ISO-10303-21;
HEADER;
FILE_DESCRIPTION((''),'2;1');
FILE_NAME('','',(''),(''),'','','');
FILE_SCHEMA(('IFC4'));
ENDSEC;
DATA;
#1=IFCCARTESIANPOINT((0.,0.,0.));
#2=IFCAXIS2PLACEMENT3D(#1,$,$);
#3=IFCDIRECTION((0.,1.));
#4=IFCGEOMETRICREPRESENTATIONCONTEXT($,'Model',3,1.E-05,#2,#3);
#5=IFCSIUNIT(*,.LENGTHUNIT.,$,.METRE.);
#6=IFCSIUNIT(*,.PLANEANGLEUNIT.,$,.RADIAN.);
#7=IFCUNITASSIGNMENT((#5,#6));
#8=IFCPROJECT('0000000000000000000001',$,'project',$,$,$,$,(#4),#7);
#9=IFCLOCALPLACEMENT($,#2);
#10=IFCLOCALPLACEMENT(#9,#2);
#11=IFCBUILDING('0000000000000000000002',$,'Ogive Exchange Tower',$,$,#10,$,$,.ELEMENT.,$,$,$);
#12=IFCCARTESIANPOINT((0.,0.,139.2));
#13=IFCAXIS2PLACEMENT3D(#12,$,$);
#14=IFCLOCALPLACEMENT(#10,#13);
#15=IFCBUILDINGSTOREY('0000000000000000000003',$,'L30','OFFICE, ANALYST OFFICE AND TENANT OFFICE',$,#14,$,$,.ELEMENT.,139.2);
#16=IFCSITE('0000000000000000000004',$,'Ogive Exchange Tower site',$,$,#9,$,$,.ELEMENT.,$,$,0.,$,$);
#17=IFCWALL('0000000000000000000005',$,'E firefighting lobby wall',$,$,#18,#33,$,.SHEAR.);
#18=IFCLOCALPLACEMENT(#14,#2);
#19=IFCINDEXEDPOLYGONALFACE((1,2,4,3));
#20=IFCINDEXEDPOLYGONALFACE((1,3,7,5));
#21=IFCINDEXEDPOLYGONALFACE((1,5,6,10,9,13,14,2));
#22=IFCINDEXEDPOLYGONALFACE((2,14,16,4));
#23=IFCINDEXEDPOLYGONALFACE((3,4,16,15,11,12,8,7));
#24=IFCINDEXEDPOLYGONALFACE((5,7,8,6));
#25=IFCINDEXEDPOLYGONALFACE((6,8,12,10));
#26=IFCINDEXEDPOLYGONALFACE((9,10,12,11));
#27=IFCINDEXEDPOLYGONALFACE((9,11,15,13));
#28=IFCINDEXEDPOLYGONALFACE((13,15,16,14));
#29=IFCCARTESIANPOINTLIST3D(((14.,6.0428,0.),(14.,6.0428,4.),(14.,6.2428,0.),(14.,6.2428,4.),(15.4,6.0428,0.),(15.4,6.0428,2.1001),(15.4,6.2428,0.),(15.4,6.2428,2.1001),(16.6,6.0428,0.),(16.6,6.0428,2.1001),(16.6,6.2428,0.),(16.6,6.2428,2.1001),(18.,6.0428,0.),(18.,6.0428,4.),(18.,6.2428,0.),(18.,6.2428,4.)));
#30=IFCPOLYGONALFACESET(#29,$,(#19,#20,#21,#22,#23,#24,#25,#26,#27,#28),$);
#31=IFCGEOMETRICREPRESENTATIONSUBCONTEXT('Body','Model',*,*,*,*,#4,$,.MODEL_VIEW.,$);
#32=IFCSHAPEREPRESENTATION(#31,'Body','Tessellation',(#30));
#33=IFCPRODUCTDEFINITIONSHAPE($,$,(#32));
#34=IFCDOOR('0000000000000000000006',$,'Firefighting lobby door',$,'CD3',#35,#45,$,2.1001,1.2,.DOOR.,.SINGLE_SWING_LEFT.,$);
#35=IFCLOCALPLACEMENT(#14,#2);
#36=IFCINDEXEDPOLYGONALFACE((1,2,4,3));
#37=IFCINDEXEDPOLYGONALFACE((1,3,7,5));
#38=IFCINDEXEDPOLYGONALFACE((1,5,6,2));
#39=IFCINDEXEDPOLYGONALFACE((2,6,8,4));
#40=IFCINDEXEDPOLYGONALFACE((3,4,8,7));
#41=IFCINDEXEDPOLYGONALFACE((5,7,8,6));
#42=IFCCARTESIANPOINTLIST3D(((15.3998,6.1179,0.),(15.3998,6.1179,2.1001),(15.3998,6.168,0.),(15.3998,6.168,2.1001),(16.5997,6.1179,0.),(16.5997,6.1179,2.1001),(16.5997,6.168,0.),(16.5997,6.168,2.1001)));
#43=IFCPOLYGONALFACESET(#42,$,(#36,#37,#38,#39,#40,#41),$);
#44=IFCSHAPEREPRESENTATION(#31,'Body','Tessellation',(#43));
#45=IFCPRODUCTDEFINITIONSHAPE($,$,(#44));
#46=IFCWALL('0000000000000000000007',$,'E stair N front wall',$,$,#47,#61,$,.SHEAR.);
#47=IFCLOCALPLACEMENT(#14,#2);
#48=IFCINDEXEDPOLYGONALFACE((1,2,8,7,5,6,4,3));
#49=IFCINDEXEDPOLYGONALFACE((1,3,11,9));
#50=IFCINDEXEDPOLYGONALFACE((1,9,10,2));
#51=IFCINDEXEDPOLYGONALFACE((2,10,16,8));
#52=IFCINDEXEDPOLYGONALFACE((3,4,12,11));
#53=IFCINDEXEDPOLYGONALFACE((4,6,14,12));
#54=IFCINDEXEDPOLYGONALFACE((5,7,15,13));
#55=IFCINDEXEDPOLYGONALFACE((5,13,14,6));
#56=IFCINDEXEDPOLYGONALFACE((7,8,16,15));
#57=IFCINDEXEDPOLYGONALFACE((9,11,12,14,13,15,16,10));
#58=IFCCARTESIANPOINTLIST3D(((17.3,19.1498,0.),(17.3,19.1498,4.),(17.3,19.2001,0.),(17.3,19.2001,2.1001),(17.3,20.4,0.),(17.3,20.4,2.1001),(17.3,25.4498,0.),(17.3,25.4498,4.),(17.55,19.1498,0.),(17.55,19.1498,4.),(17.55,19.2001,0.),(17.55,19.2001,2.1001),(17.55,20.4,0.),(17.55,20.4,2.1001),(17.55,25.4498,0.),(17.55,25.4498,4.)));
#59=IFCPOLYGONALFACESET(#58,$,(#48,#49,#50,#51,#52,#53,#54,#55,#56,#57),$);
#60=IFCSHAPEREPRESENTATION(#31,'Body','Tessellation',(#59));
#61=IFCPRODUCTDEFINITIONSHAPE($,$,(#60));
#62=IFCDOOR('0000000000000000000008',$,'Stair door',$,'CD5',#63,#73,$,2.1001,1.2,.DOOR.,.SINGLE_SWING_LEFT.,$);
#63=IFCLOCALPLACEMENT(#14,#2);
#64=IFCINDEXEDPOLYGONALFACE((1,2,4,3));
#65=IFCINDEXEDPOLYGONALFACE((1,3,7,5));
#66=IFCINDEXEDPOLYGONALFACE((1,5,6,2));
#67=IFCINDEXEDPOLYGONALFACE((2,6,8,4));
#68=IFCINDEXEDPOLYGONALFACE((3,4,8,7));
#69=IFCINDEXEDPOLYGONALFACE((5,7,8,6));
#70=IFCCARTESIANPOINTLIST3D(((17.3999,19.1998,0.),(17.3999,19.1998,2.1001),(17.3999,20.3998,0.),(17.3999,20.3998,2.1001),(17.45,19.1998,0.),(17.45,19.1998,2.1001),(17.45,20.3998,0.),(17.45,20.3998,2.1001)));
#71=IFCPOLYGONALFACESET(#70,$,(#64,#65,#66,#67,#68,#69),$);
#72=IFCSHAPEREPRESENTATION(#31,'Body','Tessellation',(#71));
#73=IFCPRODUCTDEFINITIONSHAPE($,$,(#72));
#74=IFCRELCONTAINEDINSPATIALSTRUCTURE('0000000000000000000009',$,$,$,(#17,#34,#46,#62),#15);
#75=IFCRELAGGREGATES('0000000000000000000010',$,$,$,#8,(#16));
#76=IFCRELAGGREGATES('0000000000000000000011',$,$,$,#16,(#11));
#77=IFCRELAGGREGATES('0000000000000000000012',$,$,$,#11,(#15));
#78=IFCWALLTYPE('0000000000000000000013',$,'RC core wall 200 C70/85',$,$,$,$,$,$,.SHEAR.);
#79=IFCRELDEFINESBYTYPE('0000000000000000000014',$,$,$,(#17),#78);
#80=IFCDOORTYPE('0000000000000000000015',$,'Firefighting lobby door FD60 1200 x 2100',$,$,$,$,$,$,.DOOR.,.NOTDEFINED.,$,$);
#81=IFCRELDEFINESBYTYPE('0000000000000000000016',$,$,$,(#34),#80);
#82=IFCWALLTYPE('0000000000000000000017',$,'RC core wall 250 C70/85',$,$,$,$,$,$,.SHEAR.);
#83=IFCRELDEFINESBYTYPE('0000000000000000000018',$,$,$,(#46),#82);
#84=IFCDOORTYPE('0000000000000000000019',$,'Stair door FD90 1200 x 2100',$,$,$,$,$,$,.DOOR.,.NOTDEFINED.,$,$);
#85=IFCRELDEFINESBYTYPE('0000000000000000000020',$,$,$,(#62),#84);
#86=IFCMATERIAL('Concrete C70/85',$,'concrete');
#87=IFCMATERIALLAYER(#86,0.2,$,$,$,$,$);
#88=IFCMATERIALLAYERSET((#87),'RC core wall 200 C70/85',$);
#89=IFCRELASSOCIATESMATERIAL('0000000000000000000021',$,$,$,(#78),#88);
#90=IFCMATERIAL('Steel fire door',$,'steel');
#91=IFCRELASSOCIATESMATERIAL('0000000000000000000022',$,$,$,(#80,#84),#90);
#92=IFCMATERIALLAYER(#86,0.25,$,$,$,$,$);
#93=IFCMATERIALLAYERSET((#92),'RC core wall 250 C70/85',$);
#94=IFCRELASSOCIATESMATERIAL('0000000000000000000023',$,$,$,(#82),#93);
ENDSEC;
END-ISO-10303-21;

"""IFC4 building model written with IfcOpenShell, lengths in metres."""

from ifc_helpers import new_model, si_unit, direction, frame, frame_2d, origin, place, context, subcontext, project, spatial, rectangle, extrude, material, layer, layer_set, type_object, element, fill, save


model = new_model("IFC4")

# Units and contexts
model_context = context("Model", 3, precision=1e-05, world=origin(), true_north=direction((0.0, 1.0)))
body_context = subcontext(model_context, "Body", "Model", "MODEL_VIEW")
ifc_project = project(units=[si_unit("LENGTHUNIT", "METRE"), si_unit("PLANEANGLEUNIT", "RADIAN")], contexts=[model_context])

# Site, building, storey
site_placement = place(None, origin())
site = spatial("IfcSite", under=ifc_project, at=site_placement, Name="Ogive Exchange Tower site", CompositionType="ELEMENT", RefElevation=0.0)
building_placement = place(site_placement, origin())
building = spatial("IfcBuilding", under=site, at=building_placement, Name="Ogive Exchange Tower", CompositionType="ELEMENT")
storey_placement = place(building_placement, frame((0.0, 0.0, 139.2)))
storey = spatial("IfcBuildingStorey", under=building, at=storey_placement, Name="L30", Description="OFFICE, ANALYST OFFICE AND TENANT OFFICE", CompositionType="ELEMENT", Elevation=139.2)

# Walls, openings, doors
ifc_material_1 = material(Name="Concrete C70/85", Category="concrete")
ifc_layer_1 = layer(ifc_material_1, 0.2)
ifc_layer_set_1 = layer_set([ifc_layer_1], Name="RC core wall 200 C70/85")
wall_type_1 = type_object("IfcWallType", Name="RC core wall 200 C70/85", PredefinedType="SHEAR", material=ifc_layer_set_1)
wall_1_placement = place(storey_placement, frame((14.0, 6.1428, 0.0), z_axis=(0.0, 0.0, 1.0), x_axis=(1.0, 0.0, 0.0)))
wall_1 = element("IfcWall", 1, at=wall_1_placement, inside=storey, type_object=wall_type_1, Name="E firefighting lobby wall", PredefinedType="SHEAR", context=body_context, shape_type="SweptSolid", body=[
    extrude(rectangle(XDim=4.0, YDim=0.2, at=frame_2d((2.0, 0.0))), origin(), (0.0, 0.0, 1.0), 4.0),
])
opening_1_placement = place(wall_1_placement, frame((1.3999, 0.0, 0.0)))
opening_1 = element("IfcOpeningElement", 2, at=opening_1_placement, cuts=wall_1, PredefinedType="OPENING", context=body_context, shape_type="SweptSolid", body=[
    extrude(rectangle(XDim=1.2, YDim=2.1001, at=frame_2d((0.6001, 1.05))), frame((0.0, 0.1099, 0.0), z_axis=(0.0, -1.0, 0.0), x_axis=(1.0, 0.0, 0.0)), (0.0, 0.0, 1.0), 0.22),
])
ifc_material_2 = material(Name="Steel fire door", Category="steel")
door_type_1 = type_object("IfcDoorType", Name="Firefighting lobby door FD60 1200 x 2100", OperationType="NOTDEFINED", PredefinedType="DOOR", material=ifc_material_2)
door_1_placement = place(opening_1_placement, frame((1.2, 0.0, 0.0), z_axis=(0.0, 0.0, 1.0), x_axis=(-1.0, 0.0, 0.0)))
door_1 = element("IfcDoor", 3, at=door_1_placement, inside=storey, type_object=door_type_1, Name="Firefighting lobby door", ObjectType="CD3", OperationType="SINGLE_SWING_LEFT", OverallHeight=2.1001, OverallWidth=1.2, PredefinedType="DOOR", context=body_context, shape_type="SweptSolid", body=[
    extrude(rectangle(XDim=1.2, YDim=2.1001, at=frame_2d((0.6001, 1.05))), frame((0.0, 0.0249, 0.0), z_axis=(0.0, -1.0, 0.0), x_axis=(1.0, 0.0, 0.0)), (0.0, 0.0, 1.0), 0.05),
])
fill(opening_1, door_1)
ifc_layer_2 = layer(ifc_material_1, 0.25)
ifc_layer_set_2 = layer_set([ifc_layer_2], Name="RC core wall 250 C70/85")
wall_type_2 = type_object("IfcWallType", Name="RC core wall 250 C70/85", PredefinedType="SHEAR", material=ifc_layer_set_2)
wall_2_placement = place(storey_placement, frame((17.425, 19.1499, 0.0), z_axis=(0.0, 0.0, 1.0), x_axis=(0.0, 1.0, 0.0)))
wall_2 = element("IfcWall", 4, at=wall_2_placement, inside=storey, type_object=wall_type_2, Name="E stair N front wall", PredefinedType="SHEAR", context=body_context, shape_type="SweptSolid", body=[
    extrude(rectangle(XDim=6.3, YDim=0.25, at=frame_2d((3.1499, 0.0))), origin(), (0.0, 0.0, 1.0), 4.0),
])
opening_2_placement = place(wall_2_placement, frame((0.05, 0.0, 0.0)))
opening_2 = element("IfcOpeningElement", 5, at=opening_2_placement, cuts=wall_2, PredefinedType="OPENING", context=body_context, shape_type="SweptSolid", body=[
    extrude(rectangle(XDim=1.2, YDim=2.1001, at=frame_2d((0.6001, 1.05))), frame((0.0, 0.135, 0.0), z_axis=(0.0, -1.0, 0.0), x_axis=(1.0, 0.0, 0.0)), (0.0, 0.0, 1.0), 0.27),
])
door_type_2 = type_object("IfcDoorType", Name="Stair door FD90 1200 x 2100", OperationType="NOTDEFINED", PredefinedType="DOOR", material=ifc_material_2)
door_2_placement = place(opening_2_placement, frame((1.2, 0.0, 0.0), z_axis=(0.0, 0.0, 1.0), x_axis=(-1.0, 0.0, 0.0)))
door_2 = element("IfcDoor", 6, at=door_2_placement, inside=storey, type_object=door_type_2, Name="Stair door", ObjectType="CD5", OperationType="SINGLE_SWING_LEFT", OverallHeight=2.1001, OverallWidth=1.2, PredefinedType="DOOR", context=body_context, shape_type="SweptSolid", body=[
    extrude(rectangle(XDim=1.2, YDim=2.1001, at=frame_2d((0.6001, 1.05))), frame((0.0, 0.0249, 0.0), z_axis=(0.0, -1.0, 0.0), x_axis=(1.0, 0.0, 0.0)), (0.0, 0.0, 1.0), 0.05),
])
fill(opening_2, door_2)

save(model, "model.ifc")
